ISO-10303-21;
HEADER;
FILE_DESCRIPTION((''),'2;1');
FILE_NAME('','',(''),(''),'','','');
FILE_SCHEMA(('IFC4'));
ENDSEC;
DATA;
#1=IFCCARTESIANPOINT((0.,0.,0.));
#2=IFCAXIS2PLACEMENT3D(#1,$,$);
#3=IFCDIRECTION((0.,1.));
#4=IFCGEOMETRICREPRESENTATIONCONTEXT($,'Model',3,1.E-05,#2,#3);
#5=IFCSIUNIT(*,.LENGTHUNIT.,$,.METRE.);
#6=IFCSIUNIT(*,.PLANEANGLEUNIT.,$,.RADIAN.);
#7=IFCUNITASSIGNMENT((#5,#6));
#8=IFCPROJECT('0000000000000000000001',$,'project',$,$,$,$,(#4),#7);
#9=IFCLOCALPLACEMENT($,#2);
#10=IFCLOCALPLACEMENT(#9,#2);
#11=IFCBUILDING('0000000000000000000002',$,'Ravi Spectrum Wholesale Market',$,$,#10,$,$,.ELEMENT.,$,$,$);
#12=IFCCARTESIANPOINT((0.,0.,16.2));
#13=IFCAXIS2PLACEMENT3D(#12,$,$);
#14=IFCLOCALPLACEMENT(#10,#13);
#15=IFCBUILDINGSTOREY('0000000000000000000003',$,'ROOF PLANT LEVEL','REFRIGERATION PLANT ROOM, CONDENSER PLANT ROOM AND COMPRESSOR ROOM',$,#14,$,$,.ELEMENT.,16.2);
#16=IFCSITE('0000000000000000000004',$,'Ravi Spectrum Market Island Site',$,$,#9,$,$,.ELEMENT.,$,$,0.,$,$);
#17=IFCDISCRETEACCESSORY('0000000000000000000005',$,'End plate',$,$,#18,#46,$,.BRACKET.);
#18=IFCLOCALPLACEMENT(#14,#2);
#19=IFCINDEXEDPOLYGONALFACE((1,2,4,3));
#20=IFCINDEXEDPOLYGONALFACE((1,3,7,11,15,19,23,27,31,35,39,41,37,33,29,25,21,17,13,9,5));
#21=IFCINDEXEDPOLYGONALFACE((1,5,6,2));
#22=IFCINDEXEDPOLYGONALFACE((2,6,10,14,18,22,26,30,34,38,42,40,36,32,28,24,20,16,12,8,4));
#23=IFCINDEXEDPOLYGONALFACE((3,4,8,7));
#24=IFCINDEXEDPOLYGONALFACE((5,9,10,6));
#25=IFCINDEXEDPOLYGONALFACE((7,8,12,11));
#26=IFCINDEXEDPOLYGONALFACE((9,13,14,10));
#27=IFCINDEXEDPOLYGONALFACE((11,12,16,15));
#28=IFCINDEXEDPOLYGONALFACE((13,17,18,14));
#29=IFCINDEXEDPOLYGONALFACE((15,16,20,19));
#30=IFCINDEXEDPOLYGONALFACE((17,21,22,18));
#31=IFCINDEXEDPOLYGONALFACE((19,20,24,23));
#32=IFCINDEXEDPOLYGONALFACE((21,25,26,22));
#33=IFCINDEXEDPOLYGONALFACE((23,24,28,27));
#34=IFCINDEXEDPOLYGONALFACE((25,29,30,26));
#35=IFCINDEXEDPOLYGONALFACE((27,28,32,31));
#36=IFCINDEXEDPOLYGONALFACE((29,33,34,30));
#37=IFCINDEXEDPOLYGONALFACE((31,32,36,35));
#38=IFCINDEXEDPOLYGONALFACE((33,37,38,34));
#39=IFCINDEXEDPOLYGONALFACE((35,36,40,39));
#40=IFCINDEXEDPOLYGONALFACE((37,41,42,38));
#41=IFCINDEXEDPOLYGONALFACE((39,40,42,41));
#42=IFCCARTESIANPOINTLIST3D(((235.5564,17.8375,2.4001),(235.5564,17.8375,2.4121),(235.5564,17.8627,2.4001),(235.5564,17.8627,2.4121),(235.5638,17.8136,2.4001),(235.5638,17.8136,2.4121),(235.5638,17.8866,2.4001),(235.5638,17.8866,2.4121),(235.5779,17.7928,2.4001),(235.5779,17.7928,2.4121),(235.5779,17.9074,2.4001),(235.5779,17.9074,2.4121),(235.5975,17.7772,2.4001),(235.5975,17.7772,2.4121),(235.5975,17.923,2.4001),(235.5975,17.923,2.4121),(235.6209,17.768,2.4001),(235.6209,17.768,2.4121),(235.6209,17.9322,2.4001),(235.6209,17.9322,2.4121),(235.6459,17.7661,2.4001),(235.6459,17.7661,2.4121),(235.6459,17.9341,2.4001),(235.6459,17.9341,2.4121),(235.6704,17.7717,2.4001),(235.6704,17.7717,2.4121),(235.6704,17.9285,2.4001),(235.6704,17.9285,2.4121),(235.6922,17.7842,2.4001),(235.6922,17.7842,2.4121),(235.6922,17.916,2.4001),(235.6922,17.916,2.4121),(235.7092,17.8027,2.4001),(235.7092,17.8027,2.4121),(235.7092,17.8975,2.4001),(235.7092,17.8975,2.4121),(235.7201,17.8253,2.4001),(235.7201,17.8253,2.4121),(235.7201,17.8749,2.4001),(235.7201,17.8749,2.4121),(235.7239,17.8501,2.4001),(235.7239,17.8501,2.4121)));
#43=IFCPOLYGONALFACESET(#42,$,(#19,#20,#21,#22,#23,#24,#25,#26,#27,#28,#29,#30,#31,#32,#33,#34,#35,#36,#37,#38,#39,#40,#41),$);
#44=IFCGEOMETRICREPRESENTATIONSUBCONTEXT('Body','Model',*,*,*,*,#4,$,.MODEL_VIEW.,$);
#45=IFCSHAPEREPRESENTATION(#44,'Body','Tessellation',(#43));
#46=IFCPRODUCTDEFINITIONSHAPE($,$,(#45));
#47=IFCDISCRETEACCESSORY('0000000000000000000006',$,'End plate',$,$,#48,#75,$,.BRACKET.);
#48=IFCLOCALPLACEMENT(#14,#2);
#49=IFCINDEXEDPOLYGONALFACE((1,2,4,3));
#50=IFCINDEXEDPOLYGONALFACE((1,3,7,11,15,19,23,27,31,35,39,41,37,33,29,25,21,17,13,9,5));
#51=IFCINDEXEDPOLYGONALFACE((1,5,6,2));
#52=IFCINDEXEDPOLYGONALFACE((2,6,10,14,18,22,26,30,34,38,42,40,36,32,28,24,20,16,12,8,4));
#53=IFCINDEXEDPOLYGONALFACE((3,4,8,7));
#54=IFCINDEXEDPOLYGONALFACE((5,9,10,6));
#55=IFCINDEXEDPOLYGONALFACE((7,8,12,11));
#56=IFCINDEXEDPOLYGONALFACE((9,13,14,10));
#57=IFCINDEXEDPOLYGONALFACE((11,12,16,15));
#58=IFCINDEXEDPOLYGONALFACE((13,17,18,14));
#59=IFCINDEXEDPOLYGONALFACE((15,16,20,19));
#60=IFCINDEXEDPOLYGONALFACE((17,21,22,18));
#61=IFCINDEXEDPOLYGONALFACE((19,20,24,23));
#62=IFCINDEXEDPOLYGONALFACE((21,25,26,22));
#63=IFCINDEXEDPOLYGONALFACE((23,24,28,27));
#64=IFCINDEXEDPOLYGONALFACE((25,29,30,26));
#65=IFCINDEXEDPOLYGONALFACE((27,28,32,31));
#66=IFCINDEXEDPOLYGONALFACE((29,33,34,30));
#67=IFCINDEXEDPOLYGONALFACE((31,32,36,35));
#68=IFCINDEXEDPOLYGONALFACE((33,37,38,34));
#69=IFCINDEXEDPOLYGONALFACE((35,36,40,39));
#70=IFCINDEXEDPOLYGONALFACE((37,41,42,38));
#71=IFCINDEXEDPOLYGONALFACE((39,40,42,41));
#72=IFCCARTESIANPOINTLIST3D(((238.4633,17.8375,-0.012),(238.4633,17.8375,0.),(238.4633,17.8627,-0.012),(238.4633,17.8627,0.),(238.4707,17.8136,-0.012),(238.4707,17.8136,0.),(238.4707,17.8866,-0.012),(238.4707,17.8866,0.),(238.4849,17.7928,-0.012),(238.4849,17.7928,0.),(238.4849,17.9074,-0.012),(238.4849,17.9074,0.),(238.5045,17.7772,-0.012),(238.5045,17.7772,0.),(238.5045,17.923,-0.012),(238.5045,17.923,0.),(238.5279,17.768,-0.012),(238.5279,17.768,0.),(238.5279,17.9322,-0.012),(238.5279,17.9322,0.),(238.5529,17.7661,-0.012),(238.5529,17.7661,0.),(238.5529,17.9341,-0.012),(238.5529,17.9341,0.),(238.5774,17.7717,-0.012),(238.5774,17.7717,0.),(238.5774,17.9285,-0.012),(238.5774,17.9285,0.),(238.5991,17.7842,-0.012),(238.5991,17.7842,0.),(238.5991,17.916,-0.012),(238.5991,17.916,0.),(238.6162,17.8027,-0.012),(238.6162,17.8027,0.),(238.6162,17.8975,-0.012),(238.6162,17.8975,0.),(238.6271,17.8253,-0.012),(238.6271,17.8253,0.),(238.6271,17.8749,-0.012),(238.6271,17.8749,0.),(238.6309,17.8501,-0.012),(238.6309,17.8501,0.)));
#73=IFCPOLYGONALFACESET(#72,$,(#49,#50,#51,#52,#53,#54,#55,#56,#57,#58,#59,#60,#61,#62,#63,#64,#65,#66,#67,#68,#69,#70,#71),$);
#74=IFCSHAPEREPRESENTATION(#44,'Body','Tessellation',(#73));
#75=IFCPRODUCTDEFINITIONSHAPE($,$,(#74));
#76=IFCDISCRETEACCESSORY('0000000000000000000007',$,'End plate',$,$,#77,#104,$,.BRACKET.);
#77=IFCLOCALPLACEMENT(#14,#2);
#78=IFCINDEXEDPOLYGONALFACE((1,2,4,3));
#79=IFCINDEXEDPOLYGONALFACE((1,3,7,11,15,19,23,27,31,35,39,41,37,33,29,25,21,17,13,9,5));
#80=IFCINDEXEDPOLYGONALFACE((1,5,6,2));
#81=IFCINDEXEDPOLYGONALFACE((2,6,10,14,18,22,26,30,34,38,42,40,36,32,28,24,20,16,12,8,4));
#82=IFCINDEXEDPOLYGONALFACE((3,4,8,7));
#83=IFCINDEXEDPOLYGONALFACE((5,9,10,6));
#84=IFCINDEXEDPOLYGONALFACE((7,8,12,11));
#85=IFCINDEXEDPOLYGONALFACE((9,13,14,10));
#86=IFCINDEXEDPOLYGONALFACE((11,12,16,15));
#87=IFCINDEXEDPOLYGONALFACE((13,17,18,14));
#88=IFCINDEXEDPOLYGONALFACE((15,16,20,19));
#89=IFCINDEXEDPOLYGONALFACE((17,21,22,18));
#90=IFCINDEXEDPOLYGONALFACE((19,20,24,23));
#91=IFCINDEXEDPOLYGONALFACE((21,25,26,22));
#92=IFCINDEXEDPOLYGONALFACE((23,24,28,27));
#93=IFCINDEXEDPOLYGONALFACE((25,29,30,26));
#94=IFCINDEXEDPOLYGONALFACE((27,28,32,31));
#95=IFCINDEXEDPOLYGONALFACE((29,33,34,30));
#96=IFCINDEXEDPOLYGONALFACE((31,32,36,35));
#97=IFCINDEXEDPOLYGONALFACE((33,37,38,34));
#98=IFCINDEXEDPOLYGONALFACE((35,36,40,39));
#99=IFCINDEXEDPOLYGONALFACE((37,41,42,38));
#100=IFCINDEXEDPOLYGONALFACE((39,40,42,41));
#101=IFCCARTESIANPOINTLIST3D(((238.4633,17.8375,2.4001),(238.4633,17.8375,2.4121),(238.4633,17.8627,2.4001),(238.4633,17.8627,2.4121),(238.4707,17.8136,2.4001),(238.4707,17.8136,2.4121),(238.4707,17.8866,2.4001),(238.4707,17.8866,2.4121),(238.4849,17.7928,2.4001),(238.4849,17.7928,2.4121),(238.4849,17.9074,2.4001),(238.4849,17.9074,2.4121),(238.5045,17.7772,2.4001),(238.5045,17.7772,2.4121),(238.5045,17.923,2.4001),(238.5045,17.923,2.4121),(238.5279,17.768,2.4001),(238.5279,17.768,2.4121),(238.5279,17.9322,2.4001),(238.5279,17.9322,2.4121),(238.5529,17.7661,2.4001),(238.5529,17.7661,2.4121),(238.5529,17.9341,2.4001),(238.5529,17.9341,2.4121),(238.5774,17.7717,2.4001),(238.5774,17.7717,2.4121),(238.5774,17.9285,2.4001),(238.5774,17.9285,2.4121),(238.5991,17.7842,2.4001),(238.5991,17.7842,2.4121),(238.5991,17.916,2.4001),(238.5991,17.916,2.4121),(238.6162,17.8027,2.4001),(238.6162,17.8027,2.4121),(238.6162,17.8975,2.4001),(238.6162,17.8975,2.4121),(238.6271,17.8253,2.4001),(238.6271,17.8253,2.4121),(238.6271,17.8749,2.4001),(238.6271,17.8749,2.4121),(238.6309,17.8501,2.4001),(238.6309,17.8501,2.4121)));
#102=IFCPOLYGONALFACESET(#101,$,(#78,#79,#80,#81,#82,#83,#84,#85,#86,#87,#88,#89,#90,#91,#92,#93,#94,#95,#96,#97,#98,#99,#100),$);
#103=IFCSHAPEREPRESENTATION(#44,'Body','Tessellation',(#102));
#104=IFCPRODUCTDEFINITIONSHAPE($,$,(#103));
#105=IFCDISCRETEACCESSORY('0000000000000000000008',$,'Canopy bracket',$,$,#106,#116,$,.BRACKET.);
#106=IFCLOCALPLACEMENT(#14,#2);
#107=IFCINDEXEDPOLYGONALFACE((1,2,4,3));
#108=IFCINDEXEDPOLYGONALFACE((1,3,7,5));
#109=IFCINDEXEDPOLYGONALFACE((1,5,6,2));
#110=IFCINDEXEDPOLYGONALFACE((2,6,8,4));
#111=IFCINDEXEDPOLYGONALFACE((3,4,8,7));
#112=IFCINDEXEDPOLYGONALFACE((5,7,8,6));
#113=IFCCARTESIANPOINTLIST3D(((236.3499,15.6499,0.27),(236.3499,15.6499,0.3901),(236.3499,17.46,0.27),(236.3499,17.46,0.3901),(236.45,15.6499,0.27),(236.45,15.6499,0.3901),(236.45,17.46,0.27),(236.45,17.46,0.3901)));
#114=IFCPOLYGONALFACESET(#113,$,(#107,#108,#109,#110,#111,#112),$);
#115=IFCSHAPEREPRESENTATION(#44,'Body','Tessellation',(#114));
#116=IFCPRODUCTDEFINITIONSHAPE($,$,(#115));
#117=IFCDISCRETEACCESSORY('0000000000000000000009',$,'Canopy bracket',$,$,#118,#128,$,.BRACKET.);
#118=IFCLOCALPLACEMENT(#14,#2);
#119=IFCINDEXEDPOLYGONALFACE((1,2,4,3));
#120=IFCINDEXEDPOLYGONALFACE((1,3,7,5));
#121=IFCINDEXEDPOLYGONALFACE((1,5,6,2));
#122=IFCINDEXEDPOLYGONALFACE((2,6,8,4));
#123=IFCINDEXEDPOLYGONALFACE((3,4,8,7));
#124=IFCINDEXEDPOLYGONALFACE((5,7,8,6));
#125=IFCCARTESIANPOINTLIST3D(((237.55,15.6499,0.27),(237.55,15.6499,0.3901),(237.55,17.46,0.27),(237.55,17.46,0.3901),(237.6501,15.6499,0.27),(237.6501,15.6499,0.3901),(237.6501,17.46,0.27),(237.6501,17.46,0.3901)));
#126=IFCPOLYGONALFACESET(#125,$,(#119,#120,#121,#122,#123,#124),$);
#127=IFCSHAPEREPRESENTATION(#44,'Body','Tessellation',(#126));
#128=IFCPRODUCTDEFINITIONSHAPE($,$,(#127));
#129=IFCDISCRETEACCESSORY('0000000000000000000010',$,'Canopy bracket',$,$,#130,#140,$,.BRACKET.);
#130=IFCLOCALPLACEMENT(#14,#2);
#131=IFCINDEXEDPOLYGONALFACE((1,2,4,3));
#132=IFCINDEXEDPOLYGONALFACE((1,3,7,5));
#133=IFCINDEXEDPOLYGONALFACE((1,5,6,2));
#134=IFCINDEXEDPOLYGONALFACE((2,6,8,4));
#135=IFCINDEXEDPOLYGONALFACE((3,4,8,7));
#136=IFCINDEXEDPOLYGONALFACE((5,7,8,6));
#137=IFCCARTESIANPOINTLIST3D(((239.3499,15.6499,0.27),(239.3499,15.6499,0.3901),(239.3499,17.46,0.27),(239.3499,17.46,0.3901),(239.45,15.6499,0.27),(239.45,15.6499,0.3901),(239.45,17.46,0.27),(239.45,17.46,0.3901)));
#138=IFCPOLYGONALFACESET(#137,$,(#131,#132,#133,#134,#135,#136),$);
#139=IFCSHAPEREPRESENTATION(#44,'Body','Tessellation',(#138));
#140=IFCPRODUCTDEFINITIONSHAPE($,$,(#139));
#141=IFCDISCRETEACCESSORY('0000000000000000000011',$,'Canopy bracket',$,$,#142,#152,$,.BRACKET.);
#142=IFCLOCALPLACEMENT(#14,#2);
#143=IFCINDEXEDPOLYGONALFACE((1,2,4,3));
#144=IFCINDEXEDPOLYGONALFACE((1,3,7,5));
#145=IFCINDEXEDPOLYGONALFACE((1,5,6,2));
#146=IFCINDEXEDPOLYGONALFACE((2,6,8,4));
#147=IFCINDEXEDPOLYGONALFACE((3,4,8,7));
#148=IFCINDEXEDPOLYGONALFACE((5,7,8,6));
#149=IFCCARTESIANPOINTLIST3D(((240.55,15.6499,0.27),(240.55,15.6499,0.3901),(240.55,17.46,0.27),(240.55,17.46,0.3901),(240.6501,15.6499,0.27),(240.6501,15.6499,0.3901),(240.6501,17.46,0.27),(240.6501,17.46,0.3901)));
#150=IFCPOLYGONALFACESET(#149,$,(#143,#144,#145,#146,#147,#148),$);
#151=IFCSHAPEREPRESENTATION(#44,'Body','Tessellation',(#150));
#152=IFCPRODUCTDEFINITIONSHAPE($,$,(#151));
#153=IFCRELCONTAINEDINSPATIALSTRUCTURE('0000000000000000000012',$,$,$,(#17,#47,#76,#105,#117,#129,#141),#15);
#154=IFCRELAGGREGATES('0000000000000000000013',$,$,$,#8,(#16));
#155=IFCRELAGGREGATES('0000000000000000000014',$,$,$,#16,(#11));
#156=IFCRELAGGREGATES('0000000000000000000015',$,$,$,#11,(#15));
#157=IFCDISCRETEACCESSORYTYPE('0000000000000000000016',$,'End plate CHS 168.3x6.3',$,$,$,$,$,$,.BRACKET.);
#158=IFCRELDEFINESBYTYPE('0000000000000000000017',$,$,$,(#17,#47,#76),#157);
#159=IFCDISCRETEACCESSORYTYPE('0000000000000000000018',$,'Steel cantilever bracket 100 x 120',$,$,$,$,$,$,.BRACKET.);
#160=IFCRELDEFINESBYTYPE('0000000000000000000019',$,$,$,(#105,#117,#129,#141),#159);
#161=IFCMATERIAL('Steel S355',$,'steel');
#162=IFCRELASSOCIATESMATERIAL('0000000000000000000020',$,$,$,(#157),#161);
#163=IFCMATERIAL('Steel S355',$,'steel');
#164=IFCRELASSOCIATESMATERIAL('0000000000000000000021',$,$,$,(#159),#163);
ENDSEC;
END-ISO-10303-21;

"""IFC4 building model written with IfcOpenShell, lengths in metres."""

from ifc_helpers import new_model, si_unit, direction, frame, origin, origin_2d, place, context, subcontext, project, spatial, rectangle, circle, extrude, material, material_profile, profile_set, type_object, element, save


model = new_model("IFC4")

# Units and contexts
model_context = context("Model", 3, precision=1e-05, world=origin(), true_north=direction((0.0, 1.0)))
body_context = subcontext(model_context, "Body", "Model", "MODEL_VIEW")
ifc_project = project(units=[si_unit("LENGTHUNIT", "METRE"), si_unit("PLANEANGLEUNIT", "RADIAN")], contexts=[model_context])

# Site, building, storey
site_placement = place(None, origin())
site = spatial("IfcSite", under=ifc_project, at=site_placement, Name="Ravi Spectrum Market Island Site", CompositionType="ELEMENT", RefElevation=0.0)
building_placement = place(site_placement, origin())
building = spatial("IfcBuilding", under=site, at=building_placement, Name="Ravi Spectrum Wholesale Market", CompositionType="ELEMENT")
storey_placement = place(building_placement, frame((0.0, 0.0, 16.2)))
storey = spatial("IfcBuildingStorey", under=building, at=storey_placement, Name="ROOF PLANT LEVEL", Description="REFRIGERATION PLANT ROOM, CONDENSER PLANT ROOM AND COMPRESSOR ROOM", CompositionType="ELEMENT", Elevation=16.2)

# Discrete accessories
ifc_material_1 = material(Name="Steel S355", Category="steel")
ifc_material_profile_1 = material_profile(ifc_material_1, circle(Radius=0.0842, at=origin_2d()))
ifc_profile_set_1 = profile_set([ifc_material_profile_1], Name="Steel S355")
discrete_accessory_type_1 = type_object("IfcDiscreteAccessoryType", Name="End plate CHS 168.3x6.3", PredefinedType="BRACKET", material=ifc_profile_set_1)
for number, where, z_axis, x_axis, name in (
    (1, (235.6396, 17.8501, 2.4001), (0.0, 0.0, 1.0), (1.0, 0.0, 0.0), "End plate"),
    (2, (238.5466, 17.8501, 0.0), (0.0, 0.0, -1.0), (1.0, 0.0, 0.0), "End plate"),
    (3, (238.5466, 17.8501, 2.4001), (0.0, 0.0, 1.0), (1.0, 0.0, 0.0), "End plate"),
):
    element("IfcDiscreteAccessory", number, at=place(storey_placement, frame(where, z_axis=z_axis, x_axis=x_axis)), inside=storey, type_object=discrete_accessory_type_1, Name=name, PredefinedType="BRACKET", context=body_context, shape_type="SweptSolid", body=[
        extrude(circle(Radius=0.0842, at=origin_2d()), origin(), (0.0, 0.0, 1.0), 0.012),
    ])
ifc_material_2 = material(Name="Steel S355", Category="steel")
discrete_accessory_type_2 = type_object("IfcDiscreteAccessoryType", Name="Steel cantilever bracket 100 x 120", PredefinedType="BRACKET", material=ifc_material_2)
for number, where, z_axis, x_axis, name in (
    (4, (236.3999, 16.5549, 0.27), (0.0, 0.0, 1.0), (1.0, 0.0, 0.0), "Canopy bracket"),
    (5, (237.6001, 16.5549, 0.27), (0.0, 0.0, 1.0), (1.0, 0.0, 0.0), "Canopy bracket"),
    (6, (239.3999, 16.5549, 0.27), (0.0, 0.0, 1.0), (1.0, 0.0, 0.0), "Canopy bracket"),
    (7, (240.6001, 16.5549, 0.27), (0.0, 0.0, 1.0), (1.0, 0.0, 0.0), "Canopy bracket"),
):
    element("IfcDiscreteAccessory", number, at=place(storey_placement, frame(where, z_axis=z_axis, x_axis=x_axis)), inside=storey, type_object=discrete_accessory_type_2, Name=name, PredefinedType="BRACKET", context=body_context, shape_type="SweptSolid", body=[
        extrude(rectangle(XDim=0.1001, YDim=1.8101, at=origin_2d()), origin(), (0.0, 0.0, 1.0), 0.1201),
    ])

save(model, "model.ifc")
